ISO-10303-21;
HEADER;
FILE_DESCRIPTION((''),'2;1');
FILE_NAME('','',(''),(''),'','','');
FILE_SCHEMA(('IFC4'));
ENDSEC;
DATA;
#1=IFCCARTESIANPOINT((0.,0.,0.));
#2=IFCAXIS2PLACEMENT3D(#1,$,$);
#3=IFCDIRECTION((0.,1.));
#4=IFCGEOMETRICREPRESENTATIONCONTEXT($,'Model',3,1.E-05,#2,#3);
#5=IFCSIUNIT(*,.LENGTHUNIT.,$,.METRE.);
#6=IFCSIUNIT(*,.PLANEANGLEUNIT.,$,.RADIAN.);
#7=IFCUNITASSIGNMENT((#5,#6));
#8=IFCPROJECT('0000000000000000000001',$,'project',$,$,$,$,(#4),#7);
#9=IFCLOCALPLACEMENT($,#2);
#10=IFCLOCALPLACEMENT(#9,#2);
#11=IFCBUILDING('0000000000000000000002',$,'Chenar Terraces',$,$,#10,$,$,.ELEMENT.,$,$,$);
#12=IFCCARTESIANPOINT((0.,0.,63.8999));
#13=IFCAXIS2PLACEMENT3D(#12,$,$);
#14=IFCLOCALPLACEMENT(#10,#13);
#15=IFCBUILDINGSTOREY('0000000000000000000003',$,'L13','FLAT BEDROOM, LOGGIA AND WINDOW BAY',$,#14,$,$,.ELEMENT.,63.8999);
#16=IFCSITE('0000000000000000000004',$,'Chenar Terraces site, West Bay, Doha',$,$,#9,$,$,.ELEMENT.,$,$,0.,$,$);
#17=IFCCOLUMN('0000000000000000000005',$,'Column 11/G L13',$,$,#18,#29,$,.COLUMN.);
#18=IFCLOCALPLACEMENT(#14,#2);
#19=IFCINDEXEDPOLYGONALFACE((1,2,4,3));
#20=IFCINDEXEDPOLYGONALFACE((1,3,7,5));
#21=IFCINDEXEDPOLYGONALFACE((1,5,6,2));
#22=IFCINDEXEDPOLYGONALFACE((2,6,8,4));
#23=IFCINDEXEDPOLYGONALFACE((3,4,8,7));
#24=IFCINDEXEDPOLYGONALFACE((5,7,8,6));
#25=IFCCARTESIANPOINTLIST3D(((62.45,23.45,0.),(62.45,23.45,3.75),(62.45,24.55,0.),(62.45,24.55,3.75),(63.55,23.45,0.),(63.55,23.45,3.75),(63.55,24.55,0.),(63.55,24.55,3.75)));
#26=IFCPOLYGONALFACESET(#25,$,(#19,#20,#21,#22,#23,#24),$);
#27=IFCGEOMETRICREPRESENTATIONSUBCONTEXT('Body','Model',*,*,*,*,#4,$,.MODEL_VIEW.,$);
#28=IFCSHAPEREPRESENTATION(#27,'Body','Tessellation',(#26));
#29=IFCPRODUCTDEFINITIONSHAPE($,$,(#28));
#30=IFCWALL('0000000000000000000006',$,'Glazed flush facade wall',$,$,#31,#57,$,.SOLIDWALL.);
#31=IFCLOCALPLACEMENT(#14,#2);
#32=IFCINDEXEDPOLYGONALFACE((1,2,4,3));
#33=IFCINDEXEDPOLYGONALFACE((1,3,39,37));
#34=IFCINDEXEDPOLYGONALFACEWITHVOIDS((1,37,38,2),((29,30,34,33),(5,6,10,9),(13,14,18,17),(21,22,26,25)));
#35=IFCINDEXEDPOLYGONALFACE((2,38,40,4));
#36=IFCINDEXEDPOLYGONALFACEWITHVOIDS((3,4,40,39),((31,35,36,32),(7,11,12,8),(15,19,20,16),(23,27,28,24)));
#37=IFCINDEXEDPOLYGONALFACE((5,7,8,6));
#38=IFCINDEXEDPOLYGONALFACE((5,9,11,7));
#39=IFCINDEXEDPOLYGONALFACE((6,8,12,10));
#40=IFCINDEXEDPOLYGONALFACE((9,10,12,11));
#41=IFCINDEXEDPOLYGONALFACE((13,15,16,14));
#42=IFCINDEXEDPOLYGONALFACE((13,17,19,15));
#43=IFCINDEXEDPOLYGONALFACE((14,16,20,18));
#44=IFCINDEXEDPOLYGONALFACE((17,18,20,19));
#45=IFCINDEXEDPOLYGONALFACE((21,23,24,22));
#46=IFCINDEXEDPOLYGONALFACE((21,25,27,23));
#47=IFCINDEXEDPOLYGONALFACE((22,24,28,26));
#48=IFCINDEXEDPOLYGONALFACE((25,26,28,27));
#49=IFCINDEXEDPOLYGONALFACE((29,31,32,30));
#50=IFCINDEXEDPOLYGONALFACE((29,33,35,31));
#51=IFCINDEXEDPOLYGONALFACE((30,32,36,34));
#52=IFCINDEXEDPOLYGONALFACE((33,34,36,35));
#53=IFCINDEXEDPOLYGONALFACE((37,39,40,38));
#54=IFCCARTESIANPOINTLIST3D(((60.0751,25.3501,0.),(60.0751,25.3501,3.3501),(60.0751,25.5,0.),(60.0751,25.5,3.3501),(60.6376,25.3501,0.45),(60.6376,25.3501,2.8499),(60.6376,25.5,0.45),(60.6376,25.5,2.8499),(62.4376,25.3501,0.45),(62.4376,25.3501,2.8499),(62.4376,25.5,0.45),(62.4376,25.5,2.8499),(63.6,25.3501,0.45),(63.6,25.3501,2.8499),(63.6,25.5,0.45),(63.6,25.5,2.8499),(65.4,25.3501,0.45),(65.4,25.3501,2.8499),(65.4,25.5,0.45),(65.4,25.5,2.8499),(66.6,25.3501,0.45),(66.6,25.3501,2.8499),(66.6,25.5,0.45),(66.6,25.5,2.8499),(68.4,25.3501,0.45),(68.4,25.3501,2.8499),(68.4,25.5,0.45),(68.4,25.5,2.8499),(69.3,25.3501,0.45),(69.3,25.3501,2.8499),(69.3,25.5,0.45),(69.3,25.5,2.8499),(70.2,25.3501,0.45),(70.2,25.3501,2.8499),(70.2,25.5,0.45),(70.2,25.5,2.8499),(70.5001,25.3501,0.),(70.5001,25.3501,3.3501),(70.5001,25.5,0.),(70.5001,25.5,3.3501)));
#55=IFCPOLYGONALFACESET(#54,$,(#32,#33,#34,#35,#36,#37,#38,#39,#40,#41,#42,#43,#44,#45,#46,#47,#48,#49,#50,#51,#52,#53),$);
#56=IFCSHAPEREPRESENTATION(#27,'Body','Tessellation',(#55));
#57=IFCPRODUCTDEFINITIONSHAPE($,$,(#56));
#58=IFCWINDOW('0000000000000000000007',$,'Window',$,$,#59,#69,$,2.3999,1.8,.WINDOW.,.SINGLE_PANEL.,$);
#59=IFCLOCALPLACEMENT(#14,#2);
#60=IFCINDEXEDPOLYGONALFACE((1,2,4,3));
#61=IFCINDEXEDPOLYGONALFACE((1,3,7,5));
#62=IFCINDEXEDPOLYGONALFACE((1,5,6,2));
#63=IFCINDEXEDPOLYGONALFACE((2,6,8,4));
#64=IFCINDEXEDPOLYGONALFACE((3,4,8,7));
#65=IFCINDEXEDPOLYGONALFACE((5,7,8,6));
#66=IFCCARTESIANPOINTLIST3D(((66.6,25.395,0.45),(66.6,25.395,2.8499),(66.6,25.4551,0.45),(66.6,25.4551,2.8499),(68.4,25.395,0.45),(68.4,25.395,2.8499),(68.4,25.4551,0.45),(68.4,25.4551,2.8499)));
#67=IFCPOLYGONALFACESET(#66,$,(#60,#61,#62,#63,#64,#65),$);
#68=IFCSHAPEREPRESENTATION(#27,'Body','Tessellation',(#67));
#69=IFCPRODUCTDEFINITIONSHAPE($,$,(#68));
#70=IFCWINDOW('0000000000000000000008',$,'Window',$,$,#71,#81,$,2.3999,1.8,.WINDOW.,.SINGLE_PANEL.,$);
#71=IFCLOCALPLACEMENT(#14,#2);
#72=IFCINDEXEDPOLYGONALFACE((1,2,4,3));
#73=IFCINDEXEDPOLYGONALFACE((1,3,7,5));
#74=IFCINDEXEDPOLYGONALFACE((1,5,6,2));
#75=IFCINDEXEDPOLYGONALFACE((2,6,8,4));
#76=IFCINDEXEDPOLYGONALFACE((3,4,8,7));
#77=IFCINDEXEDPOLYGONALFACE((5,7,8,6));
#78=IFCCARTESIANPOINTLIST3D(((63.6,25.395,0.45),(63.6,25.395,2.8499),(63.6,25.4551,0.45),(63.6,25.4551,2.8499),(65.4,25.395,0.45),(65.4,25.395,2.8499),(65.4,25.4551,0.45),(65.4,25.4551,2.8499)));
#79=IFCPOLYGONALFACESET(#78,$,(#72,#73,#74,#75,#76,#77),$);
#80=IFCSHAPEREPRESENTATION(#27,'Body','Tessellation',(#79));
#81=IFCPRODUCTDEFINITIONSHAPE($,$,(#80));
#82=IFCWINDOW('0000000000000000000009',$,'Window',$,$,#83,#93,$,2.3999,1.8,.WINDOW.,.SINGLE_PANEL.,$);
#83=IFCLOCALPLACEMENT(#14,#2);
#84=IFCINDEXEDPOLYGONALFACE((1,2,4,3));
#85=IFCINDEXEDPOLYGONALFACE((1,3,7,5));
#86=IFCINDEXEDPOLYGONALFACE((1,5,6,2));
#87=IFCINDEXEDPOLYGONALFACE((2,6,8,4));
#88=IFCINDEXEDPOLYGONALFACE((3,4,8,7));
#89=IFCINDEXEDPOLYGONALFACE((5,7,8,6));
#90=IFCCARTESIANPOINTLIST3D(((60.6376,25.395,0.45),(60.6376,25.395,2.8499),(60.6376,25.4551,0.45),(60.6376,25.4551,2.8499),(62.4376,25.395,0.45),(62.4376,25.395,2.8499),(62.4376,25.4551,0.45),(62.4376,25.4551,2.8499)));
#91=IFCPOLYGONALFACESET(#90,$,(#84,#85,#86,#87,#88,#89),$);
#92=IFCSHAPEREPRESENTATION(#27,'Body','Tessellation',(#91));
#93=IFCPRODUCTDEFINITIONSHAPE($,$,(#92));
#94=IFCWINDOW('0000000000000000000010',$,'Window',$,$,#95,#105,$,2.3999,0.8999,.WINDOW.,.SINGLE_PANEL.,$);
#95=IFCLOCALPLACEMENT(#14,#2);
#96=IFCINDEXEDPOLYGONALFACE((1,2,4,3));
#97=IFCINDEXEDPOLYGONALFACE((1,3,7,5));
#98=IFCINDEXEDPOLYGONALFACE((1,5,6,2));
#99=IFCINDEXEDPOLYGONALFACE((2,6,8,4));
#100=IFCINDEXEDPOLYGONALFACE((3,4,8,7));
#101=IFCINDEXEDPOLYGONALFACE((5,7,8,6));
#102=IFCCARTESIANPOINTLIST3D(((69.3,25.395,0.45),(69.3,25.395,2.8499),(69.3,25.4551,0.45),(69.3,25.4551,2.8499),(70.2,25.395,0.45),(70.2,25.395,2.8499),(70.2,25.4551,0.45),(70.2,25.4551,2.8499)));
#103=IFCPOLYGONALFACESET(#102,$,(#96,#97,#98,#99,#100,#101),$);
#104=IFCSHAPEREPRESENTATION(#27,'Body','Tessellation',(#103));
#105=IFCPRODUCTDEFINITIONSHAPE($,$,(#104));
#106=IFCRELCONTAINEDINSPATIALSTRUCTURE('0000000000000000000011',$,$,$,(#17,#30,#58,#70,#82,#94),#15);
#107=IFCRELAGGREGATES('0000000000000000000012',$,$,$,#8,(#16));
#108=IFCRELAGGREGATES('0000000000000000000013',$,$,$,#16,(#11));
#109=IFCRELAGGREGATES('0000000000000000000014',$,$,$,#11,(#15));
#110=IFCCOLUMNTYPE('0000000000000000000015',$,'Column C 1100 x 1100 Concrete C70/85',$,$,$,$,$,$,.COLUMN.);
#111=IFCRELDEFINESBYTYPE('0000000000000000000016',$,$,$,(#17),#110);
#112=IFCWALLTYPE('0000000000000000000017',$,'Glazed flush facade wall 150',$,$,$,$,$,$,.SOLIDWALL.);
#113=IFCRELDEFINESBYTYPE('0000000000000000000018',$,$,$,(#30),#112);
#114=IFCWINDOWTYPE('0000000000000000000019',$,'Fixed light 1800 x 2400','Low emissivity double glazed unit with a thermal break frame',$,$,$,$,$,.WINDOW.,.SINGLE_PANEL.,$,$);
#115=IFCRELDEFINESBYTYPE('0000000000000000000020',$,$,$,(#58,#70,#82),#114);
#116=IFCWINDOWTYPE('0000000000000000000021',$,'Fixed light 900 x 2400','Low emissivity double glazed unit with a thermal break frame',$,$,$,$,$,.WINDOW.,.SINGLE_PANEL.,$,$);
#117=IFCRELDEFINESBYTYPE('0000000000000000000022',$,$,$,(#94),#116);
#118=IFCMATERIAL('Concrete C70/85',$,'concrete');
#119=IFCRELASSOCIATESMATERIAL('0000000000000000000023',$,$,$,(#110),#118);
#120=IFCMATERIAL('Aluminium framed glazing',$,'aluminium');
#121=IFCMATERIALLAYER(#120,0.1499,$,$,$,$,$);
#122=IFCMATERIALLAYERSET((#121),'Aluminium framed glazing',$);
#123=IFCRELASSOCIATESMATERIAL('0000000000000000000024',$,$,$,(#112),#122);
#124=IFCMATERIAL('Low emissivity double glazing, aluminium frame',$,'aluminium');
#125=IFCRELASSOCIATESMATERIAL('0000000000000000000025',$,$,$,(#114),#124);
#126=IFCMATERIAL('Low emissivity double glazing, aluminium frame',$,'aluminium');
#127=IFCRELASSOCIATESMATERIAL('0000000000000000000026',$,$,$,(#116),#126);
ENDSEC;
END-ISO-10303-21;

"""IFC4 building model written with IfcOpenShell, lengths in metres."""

from ifc_helpers import new_model, si_unit, direction, frame, frame_2d, origin, origin_2d, place, context, subcontext, project, spatial, rectangle, extrude, material, layer, layer_set, material_profile, profile_set, type_object, element, fill, save


model = new_model("IFC4")

# Units and contexts
model_context = context("Model", 3, precision=1e-05, world=origin(), true_north=direction((0.0, 1.0)))
body_context = subcontext(model_context, "Body", "Model", "MODEL_VIEW")
ifc_project = project(units=[si_unit("LENGTHUNIT", "METRE"), si_unit("PLANEANGLEUNIT", "RADIAN")], contexts=[model_context])

# Site, building, storey
site_placement = place(None, origin())
site = spatial("IfcSite", under=ifc_project, at=site_placement, Name="Chenar Terraces site, West Bay, Doha", CompositionType="ELEMENT", RefElevation=0.0)
building_placement = place(site_placement, origin())
building = spatial("IfcBuilding", under=site, at=building_placement, Name="Chenar Terraces", CompositionType="ELEMENT")
storey_placement = place(building_placement, frame((0.0, 0.0, 63.8999)))
storey = spatial("IfcBuildingStorey", under=building, at=storey_placement, Name="L13", Description="FLAT BEDROOM, LOGGIA AND WINDOW BAY", CompositionType="ELEMENT", Elevation=63.8999)

# Column
ifc_material_1 = material(Name="Concrete C70/85", Category="concrete")
ifc_material_profile_1 = material_profile(ifc_material_1, rectangle(XDim=1.1001, YDim=1.1001, at=origin_2d()), Name="C 1100 x 1100")
ifc_profile_set_1 = profile_set([ifc_material_profile_1], Name="Concrete C70/85")
column_type = type_object("IfcColumnType", Name="Column C 1100 x 1100 Concrete C70/85", PredefinedType="COLUMN", material=ifc_profile_set_1)
column_placement = place(storey_placement, frame((63.0, 24.0, 0.0), z_axis=(0.0, 0.0, 1.0), x_axis=(1.0, 0.0, 0.0)))
element("IfcColumn", 1, at=column_placement, inside=storey, type_object=column_type, Name="Column 11/G L13", PredefinedType="COLUMN", context=body_context, shape_type="SweptSolid", body=[
    extrude(rectangle(XDim=1.1001, YDim=1.1001, at=origin_2d()), origin(), (0.0, 0.0, 1.0), 3.75),
])

# Wall, openings, windows
ifc_material_2 = material(Name="Aluminium framed glazing", Category="aluminium")
ifc_layer_1 = layer(ifc_material_2, 0.1499)
ifc_layer_set_1 = layer_set([ifc_layer_1], Name="Aluminium framed glazing")
wall_type_1 = type_object("IfcWallType", Name="Glazed flush facade wall 150", PredefinedType="SOLIDWALL", material=ifc_layer_set_1)
wall_1_placement = place(storey_placement, frame((70.5, 25.425, 0.0), z_axis=(0.0, 0.0, 1.0), x_axis=(-1.0, 0.0, 0.0)))
wall_1 = element("IfcWall", 2, at=wall_1_placement, inside=storey, type_object=wall_type_1, Name="Glazed flush facade wall", PredefinedType="SOLIDWALL", context=body_context, shape_type="SweptSolid", body=[
    extrude(rectangle(XDim=10.425, YDim=0.1499, at=frame_2d((5.2124, 0.0))), origin(), (0.0, 0.0, 1.0), 3.3501),
])
opening_1_placement = place(wall_1_placement, frame((0.3, 0.0, 0.45)))
opening_1 = element("IfcOpeningElement", 3, at=opening_1_placement, cuts=wall_1, PredefinedType="OPENING", context=body_context, shape_type="SweptSolid", body=[
    extrude(rectangle(XDim=0.8999, YDim=2.3999, at=frame_2d((0.45, 1.2))), frame((0.0, 0.085, 0.0), z_axis=(0.0, -1.0, 0.0), x_axis=(1.0, 0.0, 0.0)), (0.0, 0.0, 1.0), 0.1699),
])
opening_2_placement = place(wall_1_placement, frame((2.1001, 0.0, 0.45)))
opening_2 = element("IfcOpeningElement", 4, at=opening_2_placement, cuts=wall_1, PredefinedType="OPENING", context=body_context, shape_type="SweptSolid", body=[
    extrude(rectangle(XDim=1.8, YDim=2.3999, at=frame_2d((0.8999, 1.2))), frame((0.0, 0.085, 0.0), z_axis=(0.0, -1.0, 0.0), x_axis=(1.0, 0.0, 0.0)), (0.0, 0.0, 1.0), 0.1699),
])
opening_3_placement = place(wall_1_placement, frame((5.1001, 0.0, 0.45)))
opening_3 = element("IfcOpeningElement", 5, at=opening_3_placement, cuts=wall_1, PredefinedType="OPENING", context=body_context, shape_type="SweptSolid", body=[
    extrude(rectangle(XDim=1.8, YDim=2.3999, at=frame_2d((0.8999, 1.2))), frame((0.0, 0.085, 0.0), z_axis=(0.0, -1.0, 0.0), x_axis=(1.0, 0.0, 0.0)), (0.0, 0.0, 1.0), 0.1699),
])
opening_4_placement = place(wall_1_placement, frame((8.0625, 0.0, 0.45)))
opening_4 = element("IfcOpeningElement", 6, at=opening_4_placement, cuts=wall_1, PredefinedType="OPENING", context=body_context, shape_type="SweptSolid", body=[
    extrude(rectangle(XDim=1.8, YDim=2.3999, at=frame_2d((0.8999, 1.2))), frame((0.0, 0.085, 0.0), z_axis=(0.0, -1.0, 0.0), x_axis=(1.0, 0.0, 0.0)), (0.0, 0.0, 1.0), 0.1699),
])
ifc_material_3 = material(Name="Low emissivity double glazing, aluminium frame", Category="aluminium")
window_type_1 = type_object("IfcWindowType", Name="Fixed light 1800 x 2400", Description="Low emissivity double glazed unit with a thermal break frame", PartitioningType="SINGLE_PANEL", PredefinedType="WINDOW", material=ifc_material_3)
window_1_placement = place(opening_2_placement, origin())
window_1 = element("IfcWindow", 7, at=window_1_placement, inside=storey, type_object=window_type_1, Name="Window", OverallHeight=2.3999, OverallWidth=1.8, PartitioningType="SINGLE_PANEL", PredefinedType="WINDOW", context=body_context, shape_type="SweptSolid", body=[
    extrude(rectangle(XDim=1.8, YDim=2.3999, at=frame_2d((0.8999, 1.2))), frame((0.0, 0.03, 0.0), z_axis=(0.0, -1.0, 0.0), x_axis=(1.0, 0.0, 0.0)), (0.0, 0.0, 1.0), 0.0601),
])
fill(opening_2, window_1)
window_2_placement = place(opening_3_placement, origin())
window_2 = element("IfcWindow", 8, at=window_2_placement, inside=storey, type_object=window_type_1, Name="Window", OverallHeight=2.3999, OverallWidth=1.8, PartitioningType="SINGLE_PANEL", PredefinedType="WINDOW", context=body_context, shape_type="SweptSolid", body=[
    extrude(rectangle(XDim=1.8, YDim=2.3999, at=frame_2d((0.8999, 1.2))), frame((0.0, 0.03, 0.0), z_axis=(0.0, -1.0, 0.0), x_axis=(1.0, 0.0, 0.0)), (0.0, 0.0, 1.0), 0.0601),
])
fill(opening_3, window_2)
window_3_placement = place(opening_4_placement, origin())
window_3 = element("IfcWindow", 9, at=window_3_placement, inside=storey, type_object=window_type_1, Name="Window", OverallHeight=2.3999, OverallWidth=1.8, PartitioningType="SINGLE_PANEL", PredefinedType="WINDOW", context=body_context, shape_type="SweptSolid", body=[
    extrude(rectangle(XDim=1.8, YDim=2.3999, at=frame_2d((0.8999, 1.2))), frame((0.0, 0.03, 0.0), z_axis=(0.0, -1.0, 0.0), x_axis=(1.0, 0.0, 0.0)), (0.0, 0.0, 1.0), 0.0601),
])
fill(opening_4, window_3)
ifc_material_4 = material(Name="Low emissivity double glazing, aluminium frame", Category="aluminium")
window_type_2 = type_object("IfcWindowType", Name="Fixed light 900 x 2400", Description="Low emissivity double glazed unit with a thermal break frame", PartitioningType="SINGLE_PANEL", PredefinedType="WINDOW", material=ifc_material_4)
window_4_placement = place(opening_1_placement, origin())
window_4 = element("IfcWindow", 10, at=window_4_placement, inside=storey, type_object=window_type_2, Name="Window", OverallHeight=2.3999, OverallWidth=0.8999, PartitioningType="SINGLE_PANEL", PredefinedType="WINDOW", context=body_context, shape_type="SweptSolid", body=[
    extrude(rectangle(XDim=0.8999, YDim=2.3999, at=frame_2d((0.45, 1.2))), frame((0.0, 0.03, 0.0), z_axis=(0.0, -1.0, 0.0), x_axis=(1.0, 0.0, 0.0)), (0.0, 0.0, 1.0), 0.0601),
])
fill(opening_1, window_4)

save(model, "model.ifc")
